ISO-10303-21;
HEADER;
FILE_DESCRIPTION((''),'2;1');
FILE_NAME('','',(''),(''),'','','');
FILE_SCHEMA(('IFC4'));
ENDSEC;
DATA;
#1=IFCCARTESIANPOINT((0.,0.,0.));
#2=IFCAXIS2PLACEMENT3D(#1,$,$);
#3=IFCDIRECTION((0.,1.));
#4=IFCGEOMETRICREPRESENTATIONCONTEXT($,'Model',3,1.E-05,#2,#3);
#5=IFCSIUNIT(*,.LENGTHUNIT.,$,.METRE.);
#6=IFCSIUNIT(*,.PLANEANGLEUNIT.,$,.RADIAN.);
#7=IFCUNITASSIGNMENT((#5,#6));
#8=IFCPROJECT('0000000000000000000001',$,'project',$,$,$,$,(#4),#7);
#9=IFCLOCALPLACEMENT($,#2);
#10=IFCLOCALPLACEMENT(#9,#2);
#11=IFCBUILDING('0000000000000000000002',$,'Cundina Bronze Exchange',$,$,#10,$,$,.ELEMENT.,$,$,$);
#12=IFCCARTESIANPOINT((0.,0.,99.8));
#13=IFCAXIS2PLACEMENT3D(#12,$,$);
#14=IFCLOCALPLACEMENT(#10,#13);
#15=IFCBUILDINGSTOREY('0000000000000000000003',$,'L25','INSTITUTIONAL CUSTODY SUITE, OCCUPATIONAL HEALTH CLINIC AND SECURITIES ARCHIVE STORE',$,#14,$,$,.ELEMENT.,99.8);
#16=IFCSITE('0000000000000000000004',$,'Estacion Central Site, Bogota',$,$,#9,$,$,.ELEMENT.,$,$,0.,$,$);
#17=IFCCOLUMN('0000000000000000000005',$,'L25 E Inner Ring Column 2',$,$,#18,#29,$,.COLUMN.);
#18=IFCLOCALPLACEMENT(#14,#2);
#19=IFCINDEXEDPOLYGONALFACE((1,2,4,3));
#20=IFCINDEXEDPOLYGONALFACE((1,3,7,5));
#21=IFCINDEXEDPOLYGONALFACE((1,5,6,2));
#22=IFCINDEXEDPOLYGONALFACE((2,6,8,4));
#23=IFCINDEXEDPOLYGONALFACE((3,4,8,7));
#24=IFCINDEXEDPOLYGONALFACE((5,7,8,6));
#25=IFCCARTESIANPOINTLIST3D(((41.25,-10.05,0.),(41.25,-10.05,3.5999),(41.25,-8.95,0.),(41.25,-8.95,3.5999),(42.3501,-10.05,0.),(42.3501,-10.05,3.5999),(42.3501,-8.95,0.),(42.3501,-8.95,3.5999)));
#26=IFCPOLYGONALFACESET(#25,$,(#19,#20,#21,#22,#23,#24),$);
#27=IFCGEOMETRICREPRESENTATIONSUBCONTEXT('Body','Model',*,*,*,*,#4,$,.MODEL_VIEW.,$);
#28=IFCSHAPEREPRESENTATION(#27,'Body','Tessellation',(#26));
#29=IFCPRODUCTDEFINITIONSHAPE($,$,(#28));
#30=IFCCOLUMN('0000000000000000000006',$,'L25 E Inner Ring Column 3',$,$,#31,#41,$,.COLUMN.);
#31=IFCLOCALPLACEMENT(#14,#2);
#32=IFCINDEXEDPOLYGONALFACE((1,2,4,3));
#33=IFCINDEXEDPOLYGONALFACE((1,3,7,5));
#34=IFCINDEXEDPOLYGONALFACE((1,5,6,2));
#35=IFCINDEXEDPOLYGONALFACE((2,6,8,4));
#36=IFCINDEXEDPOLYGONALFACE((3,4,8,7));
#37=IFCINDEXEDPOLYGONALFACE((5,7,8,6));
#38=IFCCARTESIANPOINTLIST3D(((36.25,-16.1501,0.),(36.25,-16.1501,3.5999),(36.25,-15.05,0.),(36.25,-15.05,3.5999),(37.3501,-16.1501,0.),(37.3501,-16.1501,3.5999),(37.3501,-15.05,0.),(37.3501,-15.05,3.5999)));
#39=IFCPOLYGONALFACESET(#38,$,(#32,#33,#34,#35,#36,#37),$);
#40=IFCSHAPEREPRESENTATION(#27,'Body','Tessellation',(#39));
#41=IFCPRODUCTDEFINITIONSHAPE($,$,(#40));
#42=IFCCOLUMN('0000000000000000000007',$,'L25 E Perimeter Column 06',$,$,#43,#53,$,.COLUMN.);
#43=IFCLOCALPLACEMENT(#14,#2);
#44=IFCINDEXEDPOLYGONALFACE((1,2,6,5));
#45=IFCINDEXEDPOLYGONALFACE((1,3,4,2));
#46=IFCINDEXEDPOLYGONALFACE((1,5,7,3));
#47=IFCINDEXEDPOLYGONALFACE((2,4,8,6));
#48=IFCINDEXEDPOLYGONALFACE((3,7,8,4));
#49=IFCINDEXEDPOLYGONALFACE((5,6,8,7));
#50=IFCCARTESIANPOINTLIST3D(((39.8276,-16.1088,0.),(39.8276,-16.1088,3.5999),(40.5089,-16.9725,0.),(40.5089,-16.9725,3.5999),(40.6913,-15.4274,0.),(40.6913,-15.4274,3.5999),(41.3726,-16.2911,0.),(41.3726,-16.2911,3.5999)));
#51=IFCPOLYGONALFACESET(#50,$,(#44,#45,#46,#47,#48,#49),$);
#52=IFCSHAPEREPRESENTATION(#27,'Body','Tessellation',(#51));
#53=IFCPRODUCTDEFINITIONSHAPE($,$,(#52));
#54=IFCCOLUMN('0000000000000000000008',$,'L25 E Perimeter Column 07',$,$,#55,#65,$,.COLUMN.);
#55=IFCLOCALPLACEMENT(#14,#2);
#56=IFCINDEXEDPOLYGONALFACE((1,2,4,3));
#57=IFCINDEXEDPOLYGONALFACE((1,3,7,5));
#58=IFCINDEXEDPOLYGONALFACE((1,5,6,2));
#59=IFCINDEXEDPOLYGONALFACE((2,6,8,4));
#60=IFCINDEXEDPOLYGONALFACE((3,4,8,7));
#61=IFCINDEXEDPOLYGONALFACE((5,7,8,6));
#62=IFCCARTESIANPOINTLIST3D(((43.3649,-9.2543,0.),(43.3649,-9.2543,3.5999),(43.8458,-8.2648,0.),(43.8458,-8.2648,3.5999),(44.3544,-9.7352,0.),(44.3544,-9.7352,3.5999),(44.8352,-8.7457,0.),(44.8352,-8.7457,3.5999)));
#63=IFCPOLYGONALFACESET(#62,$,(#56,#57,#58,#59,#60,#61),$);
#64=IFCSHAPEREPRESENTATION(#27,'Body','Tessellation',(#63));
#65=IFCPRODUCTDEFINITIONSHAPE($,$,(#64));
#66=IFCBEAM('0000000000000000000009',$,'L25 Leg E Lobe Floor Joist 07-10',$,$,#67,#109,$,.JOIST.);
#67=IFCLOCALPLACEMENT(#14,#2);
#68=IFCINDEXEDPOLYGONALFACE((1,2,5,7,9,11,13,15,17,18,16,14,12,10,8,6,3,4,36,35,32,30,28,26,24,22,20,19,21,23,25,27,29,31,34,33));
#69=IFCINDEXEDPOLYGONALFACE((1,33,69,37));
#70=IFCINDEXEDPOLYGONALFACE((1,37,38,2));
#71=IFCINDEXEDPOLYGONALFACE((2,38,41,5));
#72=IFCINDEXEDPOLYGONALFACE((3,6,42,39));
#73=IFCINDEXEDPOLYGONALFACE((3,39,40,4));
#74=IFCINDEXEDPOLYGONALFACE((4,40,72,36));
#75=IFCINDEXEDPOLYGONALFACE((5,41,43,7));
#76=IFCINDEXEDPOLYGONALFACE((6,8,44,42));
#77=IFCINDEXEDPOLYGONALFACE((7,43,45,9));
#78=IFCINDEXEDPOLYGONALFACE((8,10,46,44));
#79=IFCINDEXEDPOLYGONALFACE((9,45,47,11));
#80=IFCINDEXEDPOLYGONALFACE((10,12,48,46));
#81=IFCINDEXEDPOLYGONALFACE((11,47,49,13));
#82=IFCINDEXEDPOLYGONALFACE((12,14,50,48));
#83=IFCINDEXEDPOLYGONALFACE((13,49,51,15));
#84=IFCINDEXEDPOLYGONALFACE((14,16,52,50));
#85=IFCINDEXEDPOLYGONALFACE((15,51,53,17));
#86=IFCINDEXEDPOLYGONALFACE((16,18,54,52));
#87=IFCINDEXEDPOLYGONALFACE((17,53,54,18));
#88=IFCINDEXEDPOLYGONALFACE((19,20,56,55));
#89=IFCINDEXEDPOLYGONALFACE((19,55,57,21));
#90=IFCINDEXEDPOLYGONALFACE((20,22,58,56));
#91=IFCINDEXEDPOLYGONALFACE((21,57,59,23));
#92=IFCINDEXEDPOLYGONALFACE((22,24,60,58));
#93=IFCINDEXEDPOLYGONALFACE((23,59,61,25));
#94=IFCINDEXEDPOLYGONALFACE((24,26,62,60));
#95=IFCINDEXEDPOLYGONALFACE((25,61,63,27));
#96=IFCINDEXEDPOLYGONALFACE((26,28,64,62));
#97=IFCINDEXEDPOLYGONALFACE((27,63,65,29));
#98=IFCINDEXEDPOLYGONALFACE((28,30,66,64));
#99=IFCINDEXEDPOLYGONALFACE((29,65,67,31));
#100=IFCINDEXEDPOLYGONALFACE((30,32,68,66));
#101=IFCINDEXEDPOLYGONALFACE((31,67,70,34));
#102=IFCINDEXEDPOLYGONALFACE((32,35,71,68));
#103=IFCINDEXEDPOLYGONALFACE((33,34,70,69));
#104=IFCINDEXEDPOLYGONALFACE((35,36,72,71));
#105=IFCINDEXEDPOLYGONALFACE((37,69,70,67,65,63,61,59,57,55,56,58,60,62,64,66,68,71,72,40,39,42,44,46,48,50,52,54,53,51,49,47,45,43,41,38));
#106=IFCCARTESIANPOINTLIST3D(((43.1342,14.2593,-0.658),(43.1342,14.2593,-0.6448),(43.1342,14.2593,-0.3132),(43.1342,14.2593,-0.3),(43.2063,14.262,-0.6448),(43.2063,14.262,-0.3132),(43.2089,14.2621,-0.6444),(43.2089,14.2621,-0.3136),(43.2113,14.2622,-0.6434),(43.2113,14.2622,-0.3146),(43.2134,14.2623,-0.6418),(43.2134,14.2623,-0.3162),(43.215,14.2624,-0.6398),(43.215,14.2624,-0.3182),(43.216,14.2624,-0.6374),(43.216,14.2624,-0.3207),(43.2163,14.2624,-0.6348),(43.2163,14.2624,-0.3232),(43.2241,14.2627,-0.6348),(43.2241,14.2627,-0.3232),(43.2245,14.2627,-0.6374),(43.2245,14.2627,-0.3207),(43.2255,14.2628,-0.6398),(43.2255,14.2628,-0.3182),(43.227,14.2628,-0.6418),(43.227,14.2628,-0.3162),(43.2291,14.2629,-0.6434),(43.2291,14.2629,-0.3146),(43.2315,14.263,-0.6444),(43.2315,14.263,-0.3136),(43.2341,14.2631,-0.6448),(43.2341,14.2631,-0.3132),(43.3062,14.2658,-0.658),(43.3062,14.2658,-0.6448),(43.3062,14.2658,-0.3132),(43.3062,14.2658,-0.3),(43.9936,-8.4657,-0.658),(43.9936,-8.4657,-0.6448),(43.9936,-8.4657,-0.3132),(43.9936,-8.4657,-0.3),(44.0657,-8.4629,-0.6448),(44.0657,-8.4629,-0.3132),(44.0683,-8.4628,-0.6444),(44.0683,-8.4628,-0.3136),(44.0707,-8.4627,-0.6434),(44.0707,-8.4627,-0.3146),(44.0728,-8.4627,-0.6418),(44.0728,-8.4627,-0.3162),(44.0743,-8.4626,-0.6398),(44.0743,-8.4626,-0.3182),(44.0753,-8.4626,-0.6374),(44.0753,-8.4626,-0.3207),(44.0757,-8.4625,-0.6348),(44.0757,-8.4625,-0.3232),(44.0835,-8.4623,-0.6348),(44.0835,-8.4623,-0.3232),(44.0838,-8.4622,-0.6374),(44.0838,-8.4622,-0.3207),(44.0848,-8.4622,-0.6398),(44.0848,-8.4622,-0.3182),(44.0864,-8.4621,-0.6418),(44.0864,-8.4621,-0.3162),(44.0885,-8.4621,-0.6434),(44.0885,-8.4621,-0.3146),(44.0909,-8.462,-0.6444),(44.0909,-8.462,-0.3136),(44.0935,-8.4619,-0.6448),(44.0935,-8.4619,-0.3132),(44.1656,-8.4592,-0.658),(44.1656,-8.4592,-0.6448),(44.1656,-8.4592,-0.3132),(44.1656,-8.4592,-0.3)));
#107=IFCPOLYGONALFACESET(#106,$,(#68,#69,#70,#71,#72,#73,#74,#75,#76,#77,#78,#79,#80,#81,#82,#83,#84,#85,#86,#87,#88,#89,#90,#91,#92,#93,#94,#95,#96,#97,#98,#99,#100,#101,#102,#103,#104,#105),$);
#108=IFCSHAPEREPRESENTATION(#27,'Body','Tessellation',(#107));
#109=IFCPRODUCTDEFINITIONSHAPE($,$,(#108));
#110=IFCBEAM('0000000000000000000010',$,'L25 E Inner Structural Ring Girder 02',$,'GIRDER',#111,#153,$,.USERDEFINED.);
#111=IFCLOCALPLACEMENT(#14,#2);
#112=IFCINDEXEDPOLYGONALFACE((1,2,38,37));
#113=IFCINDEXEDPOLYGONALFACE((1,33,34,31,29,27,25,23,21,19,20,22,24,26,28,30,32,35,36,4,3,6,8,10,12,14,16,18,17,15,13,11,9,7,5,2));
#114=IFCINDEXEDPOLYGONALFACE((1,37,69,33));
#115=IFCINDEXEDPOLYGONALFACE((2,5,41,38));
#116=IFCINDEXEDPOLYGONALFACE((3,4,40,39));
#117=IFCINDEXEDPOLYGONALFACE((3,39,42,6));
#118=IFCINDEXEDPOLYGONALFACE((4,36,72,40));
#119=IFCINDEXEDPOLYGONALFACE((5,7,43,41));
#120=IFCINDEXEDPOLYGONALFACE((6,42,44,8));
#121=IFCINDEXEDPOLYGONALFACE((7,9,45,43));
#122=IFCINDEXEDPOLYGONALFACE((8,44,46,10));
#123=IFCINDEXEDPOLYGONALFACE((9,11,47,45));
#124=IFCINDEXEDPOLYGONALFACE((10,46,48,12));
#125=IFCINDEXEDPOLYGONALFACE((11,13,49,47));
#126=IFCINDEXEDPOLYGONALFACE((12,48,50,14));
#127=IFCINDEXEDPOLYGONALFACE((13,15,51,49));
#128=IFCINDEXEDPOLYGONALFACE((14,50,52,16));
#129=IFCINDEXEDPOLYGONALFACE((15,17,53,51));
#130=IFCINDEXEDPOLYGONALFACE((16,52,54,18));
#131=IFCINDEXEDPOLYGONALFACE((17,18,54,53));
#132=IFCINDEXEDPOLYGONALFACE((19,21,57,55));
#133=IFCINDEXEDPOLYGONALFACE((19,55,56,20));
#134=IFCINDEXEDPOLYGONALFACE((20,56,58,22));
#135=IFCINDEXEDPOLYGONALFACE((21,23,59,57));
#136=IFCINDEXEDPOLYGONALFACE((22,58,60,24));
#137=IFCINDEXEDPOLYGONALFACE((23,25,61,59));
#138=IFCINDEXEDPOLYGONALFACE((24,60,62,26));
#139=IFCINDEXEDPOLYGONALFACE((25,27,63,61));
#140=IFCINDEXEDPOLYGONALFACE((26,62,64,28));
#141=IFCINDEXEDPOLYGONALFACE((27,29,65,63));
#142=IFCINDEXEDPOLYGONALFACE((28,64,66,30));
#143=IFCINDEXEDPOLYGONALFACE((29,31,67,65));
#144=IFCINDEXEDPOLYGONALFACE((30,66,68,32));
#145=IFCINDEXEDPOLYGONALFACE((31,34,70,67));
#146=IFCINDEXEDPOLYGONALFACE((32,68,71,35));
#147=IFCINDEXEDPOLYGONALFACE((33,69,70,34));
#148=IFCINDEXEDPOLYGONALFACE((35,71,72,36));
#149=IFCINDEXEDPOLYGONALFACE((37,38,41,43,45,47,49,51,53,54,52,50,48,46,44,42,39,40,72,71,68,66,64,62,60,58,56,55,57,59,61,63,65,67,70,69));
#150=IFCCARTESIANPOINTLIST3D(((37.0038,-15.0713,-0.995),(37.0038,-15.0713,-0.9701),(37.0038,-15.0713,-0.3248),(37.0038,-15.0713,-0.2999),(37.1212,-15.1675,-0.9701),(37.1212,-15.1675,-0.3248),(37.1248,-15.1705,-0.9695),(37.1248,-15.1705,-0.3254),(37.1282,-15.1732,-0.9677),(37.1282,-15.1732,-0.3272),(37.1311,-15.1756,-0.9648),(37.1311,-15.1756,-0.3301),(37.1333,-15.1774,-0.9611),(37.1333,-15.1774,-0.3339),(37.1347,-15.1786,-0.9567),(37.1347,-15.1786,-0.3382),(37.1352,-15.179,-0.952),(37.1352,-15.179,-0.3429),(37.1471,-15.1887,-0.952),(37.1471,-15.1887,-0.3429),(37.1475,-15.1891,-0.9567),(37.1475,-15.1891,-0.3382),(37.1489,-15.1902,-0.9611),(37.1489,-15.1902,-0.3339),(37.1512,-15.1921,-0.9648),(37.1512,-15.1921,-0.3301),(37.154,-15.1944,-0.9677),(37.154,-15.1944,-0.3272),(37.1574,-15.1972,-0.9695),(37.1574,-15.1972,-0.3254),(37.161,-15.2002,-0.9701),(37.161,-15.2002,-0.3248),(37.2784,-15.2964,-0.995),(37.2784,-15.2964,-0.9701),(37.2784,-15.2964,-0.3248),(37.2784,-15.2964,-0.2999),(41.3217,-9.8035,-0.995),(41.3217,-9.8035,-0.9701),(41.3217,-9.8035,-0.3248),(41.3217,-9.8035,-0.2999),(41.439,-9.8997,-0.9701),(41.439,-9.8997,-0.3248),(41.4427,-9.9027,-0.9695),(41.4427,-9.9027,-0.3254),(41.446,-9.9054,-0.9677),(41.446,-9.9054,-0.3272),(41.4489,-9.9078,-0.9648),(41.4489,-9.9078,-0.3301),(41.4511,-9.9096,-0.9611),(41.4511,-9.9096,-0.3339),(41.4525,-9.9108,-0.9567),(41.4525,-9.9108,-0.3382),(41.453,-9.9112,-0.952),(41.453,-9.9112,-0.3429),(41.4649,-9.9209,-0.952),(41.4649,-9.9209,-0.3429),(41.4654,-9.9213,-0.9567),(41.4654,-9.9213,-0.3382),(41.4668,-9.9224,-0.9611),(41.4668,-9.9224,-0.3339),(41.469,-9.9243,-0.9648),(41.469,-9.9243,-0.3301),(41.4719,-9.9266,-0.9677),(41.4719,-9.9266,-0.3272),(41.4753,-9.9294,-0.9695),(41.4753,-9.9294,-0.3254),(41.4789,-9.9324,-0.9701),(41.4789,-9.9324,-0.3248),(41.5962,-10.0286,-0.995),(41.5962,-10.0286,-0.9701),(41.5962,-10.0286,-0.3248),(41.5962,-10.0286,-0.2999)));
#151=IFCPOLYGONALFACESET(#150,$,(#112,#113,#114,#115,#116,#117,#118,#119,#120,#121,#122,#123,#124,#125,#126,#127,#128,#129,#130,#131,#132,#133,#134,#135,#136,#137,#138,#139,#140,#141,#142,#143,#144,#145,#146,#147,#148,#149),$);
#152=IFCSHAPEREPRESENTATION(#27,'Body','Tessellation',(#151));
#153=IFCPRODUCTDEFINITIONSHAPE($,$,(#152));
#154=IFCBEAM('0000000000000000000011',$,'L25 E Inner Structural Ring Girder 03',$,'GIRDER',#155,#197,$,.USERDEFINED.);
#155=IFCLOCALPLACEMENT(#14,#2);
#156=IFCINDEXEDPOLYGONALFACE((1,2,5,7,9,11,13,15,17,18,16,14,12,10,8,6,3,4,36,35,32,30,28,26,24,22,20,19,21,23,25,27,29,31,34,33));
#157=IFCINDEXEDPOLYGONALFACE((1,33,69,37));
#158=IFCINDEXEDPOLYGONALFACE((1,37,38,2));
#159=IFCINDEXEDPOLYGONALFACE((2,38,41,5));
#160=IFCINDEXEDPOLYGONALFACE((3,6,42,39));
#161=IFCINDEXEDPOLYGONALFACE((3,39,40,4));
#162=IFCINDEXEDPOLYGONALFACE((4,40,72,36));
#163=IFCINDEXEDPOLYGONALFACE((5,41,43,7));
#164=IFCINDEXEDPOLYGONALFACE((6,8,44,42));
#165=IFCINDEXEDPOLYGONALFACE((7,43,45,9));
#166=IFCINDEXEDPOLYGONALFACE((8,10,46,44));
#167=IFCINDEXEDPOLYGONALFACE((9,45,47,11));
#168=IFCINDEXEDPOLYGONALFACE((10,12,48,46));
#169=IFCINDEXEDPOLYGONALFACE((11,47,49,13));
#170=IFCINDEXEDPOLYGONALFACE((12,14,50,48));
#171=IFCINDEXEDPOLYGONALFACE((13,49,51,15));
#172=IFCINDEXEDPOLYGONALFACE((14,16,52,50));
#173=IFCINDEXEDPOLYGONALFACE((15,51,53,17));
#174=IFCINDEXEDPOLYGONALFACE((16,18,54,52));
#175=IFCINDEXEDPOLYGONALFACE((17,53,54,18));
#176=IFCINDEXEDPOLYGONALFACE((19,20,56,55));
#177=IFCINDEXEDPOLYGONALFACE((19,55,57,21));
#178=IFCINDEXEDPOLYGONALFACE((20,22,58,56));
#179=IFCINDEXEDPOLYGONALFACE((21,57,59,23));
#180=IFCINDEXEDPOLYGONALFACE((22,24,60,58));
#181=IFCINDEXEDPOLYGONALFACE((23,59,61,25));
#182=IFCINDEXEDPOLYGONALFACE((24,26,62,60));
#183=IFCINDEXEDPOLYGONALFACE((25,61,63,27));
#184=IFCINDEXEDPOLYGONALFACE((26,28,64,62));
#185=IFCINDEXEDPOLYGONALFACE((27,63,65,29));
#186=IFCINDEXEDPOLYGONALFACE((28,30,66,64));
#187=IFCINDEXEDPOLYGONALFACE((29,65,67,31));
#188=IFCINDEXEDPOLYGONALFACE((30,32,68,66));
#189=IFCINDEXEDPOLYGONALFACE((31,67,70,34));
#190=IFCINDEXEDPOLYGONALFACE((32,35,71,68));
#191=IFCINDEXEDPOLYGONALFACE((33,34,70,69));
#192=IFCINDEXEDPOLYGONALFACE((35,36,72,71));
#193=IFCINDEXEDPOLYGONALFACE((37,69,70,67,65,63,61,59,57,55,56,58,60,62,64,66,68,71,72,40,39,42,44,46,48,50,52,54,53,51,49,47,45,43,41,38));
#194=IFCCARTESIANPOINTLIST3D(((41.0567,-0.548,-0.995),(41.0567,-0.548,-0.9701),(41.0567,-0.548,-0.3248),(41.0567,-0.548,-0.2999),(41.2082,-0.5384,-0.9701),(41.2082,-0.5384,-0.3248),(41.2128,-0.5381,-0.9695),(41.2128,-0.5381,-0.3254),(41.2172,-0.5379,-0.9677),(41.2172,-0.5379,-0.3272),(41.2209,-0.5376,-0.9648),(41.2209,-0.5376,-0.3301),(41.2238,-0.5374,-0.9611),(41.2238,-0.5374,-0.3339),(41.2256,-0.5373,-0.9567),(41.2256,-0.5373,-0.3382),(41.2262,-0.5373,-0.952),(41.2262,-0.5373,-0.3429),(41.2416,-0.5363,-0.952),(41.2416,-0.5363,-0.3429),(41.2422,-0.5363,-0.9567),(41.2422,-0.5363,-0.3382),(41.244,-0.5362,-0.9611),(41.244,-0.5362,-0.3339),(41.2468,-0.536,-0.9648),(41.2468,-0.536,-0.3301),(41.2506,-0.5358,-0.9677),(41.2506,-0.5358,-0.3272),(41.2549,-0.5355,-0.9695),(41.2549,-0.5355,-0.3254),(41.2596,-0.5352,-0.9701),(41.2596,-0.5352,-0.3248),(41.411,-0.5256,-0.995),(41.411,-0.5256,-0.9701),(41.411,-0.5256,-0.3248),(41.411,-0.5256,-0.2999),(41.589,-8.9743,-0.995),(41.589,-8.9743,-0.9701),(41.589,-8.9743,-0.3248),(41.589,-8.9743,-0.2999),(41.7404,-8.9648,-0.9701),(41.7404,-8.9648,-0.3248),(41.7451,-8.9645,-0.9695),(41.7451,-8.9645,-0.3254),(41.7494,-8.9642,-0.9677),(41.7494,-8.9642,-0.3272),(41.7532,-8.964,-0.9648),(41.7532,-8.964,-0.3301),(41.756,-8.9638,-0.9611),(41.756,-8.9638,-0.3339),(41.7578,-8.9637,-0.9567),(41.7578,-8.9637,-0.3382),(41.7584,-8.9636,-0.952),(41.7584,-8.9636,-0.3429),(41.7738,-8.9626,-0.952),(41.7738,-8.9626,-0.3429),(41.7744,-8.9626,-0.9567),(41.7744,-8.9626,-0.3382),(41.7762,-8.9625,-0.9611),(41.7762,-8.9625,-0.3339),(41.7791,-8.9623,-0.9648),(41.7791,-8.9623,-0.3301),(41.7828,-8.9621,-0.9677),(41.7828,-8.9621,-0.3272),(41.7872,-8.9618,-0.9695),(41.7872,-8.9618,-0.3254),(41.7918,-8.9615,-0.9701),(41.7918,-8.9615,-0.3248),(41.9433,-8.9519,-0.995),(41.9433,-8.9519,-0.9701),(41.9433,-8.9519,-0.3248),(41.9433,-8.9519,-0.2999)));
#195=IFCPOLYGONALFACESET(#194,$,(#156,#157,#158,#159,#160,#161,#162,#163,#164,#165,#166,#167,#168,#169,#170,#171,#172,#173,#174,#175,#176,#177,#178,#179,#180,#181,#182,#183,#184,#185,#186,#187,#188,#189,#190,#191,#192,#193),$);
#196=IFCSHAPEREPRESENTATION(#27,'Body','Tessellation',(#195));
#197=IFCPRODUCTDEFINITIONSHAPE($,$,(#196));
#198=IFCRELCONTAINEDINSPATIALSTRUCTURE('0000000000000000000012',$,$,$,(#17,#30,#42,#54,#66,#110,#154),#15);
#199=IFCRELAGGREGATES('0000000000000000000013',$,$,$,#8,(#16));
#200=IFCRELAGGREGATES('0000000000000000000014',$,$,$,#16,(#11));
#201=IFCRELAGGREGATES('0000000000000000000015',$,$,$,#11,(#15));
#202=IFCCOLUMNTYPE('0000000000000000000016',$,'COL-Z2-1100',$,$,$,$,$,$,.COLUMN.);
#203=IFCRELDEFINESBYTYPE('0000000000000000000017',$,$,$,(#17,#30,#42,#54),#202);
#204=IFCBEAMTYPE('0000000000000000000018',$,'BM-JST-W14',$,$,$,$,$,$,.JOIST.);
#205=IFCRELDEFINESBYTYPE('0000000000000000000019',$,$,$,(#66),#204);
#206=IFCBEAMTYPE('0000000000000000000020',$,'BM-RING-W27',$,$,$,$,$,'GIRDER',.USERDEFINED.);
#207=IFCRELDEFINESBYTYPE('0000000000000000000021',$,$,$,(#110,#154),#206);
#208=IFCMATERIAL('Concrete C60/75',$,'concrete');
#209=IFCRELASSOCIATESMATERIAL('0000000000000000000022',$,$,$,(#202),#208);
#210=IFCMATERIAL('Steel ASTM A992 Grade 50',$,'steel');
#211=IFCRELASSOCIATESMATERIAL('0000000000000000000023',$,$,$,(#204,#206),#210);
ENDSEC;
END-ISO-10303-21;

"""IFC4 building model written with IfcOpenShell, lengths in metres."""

from ifc_helpers import new_model, si_unit, direction, frame, origin, origin_2d, place, context, subcontext, project, spatial, rectangle, i_section, extrude, material, material_profile, profile_set, type_object, element, save


model = new_model("IFC4")

# Units and contexts
model_context = context("Model", 3, precision=1e-05, world=origin(), true_north=direction((0.0, 1.0)))
body_context = subcontext(model_context, "Body", "Model", "MODEL_VIEW")
ifc_project = project(units=[si_unit("LENGTHUNIT", "METRE"), si_unit("PLANEANGLEUNIT", "RADIAN")], contexts=[model_context])

# Site, building, storey
site_placement = place(None, origin())
site = spatial("IfcSite", under=ifc_project, at=site_placement, Name="Estacion Central Site, Bogota", CompositionType="ELEMENT", RefElevation=0.0)
building_placement = place(site_placement, origin())
building = spatial("IfcBuilding", under=site, at=building_placement, Name="Cundina Bronze Exchange", CompositionType="ELEMENT")
storey_placement = place(building_placement, frame((0.0, 0.0, 99.8)))
storey = spatial("IfcBuildingStorey", under=building, at=storey_placement, Name="L25", Description="INSTITUTIONAL CUSTODY SUITE, OCCUPATIONAL HEALTH CLINIC AND SECURITIES ARCHIVE STORE", CompositionType="ELEMENT", Elevation=99.8)

# Columns
ifc_material_1 = material(Name="Concrete C60/75", Category="concrete")
ifc_material_profile_1 = material_profile(ifc_material_1, rectangle(XDim=1.1001, YDim=1.1001, at=origin_2d()), Name="RC1100X1100", Category="concrete")
ifc_profile_set_1 = profile_set([ifc_material_profile_1], Name="Concrete C60/75")
column_type = type_object("IfcColumnType", Name="COL-Z2-1100", PredefinedType="COLUMN", material=ifc_profile_set_1)
for number, where, z_axis, x_axis, name in (
    (1, (41.8, -9.5, 0.0), (0.0, 0.0, 1.0), (1.0, 0.0, 0.0), "L25 E Inner Ring Column 2"),
    (2, (36.8, -15.6001, 0.0), (0.0, 0.0, 1.0), (1.0, 0.0, 0.0), "L25 E Inner Ring Column 3"),
    (3, (40.6001, -16.2, 0.0), (0.0, 0.0, 1.0), (0.785101, 0.619368, 0.0), "L25 E Perimeter Column 06"),
    (4, (44.1001, -9.0, 0.0), (0.0, 0.0, 1.0), (0.437116, 0.899405, 0.0), "L25 E Perimeter Column 07"),
):
    element("IfcColumn", number, at=place(storey_placement, frame(where, z_axis=z_axis, x_axis=x_axis)), inside=storey, type_object=column_type, Name=name, PredefinedType="COLUMN", context=body_context, shape_type="SweptSolid", body=[
        extrude(rectangle(XDim=1.1001, YDim=1.1001, at=origin_2d()), origin(), (0.0, 0.0, 1.0), 3.5999),
    ])

# Beams
ifc_material_2 = material(Name="Steel ASTM A992 Grade 50", Category="steel")
ifc_material_profile_2 = material_profile(ifc_material_2, i_section(OverallWidth=0.1721, OverallDepth=0.3579, WebThickness=0.0078, FlangeThickness=0.0132, FilletRadius=0.01, at=origin_2d()), Name="W14X38", Category="steel")
ifc_profile_set_2 = profile_set([ifc_material_profile_2], Name="Steel ASTM A992 Grade 50")
beam_type_1 = type_object("IfcBeamType", Name="BM-JST-W14", PredefinedType="JOIST", material=ifc_profile_set_2)
beam_1_placement = place(storey_placement, frame((44.0796, -8.4624, -0.479), z_axis=(-0.03779, 0.999286, 0.0), x_axis=(-0.999286, -0.03779, 0.0)))
element("IfcBeam", 5, at=beam_1_placement, inside=storey, type_object=beam_type_1, Name="L25 Leg E Lobe Floor Joist 07-10", PredefinedType="JOIST", context=body_context, shape_type="SweptSolid", body=[
    extrude(i_section(OverallWidth=0.1721, OverallDepth=0.3579, WebThickness=0.0078, FlangeThickness=0.0132, FilletRadius=0.01, at=origin_2d()), origin(), (0.0, 0.0, 1.0), 22.7412),
])
ifc_material_profile_3 = material_profile(ifc_material_2, i_section(OverallWidth=0.355, OverallDepth=0.6951, WebThickness=0.0154, FlangeThickness=0.0249, FilletRadius=0.0181, at=origin_2d()), Name="W27X146", Category="steel")
ifc_profile_set_3 = profile_set([ifc_material_profile_3], Name="Steel ASTM A992 Grade 50")
beam_type_2 = type_object("IfcBeamType", Name="BM-RING-W27", ElementType="GIRDER", PredefinedType="USERDEFINED", material=ifc_profile_set_3)
beam_2_placement = place(storey_placement, frame((37.1411, -15.1838, -0.6475), z_axis=(0.633927, 0.773393, 0.0), x_axis=(-0.773393, 0.633927, 0.0)))
element("IfcBeam", 6, at=beam_2_placement, inside=storey, type_object=beam_type_2, Name="L25 E Inner Structural Ring Girder 02", ObjectType="GIRDER", PredefinedType="USERDEFINED", context=body_context, shape_type="SweptSolid", body=[
    extrude(i_section(OverallWidth=0.355, OverallDepth=0.6951, WebThickness=0.0154, FlangeThickness=0.0249, FilletRadius=0.0181, at=origin_2d()), origin(), (0.0, 0.0, 1.0), 6.8113),
])
beam_3_placement = place(storey_placement, frame((41.7661, -8.9631, -0.6475), z_axis=(-0.063037, 0.998011, 0.0), x_axis=(-0.998011, -0.063037, 0.0)))
element("IfcBeam", 7, at=beam_3_placement, inside=storey, type_object=beam_type_2, Name="L25 E Inner Structural Ring Girder 03", ObjectType="GIRDER", PredefinedType="USERDEFINED", context=body_context, shape_type="SweptSolid", body=[
    extrude(i_section(OverallWidth=0.355, OverallDepth=0.6951, WebThickness=0.0154, FlangeThickness=0.0249, FilletRadius=0.0181, at=origin_2d()), origin(), (0.0, 0.0, 1.0), 8.4431),
])

save(model, "model.ifc")
